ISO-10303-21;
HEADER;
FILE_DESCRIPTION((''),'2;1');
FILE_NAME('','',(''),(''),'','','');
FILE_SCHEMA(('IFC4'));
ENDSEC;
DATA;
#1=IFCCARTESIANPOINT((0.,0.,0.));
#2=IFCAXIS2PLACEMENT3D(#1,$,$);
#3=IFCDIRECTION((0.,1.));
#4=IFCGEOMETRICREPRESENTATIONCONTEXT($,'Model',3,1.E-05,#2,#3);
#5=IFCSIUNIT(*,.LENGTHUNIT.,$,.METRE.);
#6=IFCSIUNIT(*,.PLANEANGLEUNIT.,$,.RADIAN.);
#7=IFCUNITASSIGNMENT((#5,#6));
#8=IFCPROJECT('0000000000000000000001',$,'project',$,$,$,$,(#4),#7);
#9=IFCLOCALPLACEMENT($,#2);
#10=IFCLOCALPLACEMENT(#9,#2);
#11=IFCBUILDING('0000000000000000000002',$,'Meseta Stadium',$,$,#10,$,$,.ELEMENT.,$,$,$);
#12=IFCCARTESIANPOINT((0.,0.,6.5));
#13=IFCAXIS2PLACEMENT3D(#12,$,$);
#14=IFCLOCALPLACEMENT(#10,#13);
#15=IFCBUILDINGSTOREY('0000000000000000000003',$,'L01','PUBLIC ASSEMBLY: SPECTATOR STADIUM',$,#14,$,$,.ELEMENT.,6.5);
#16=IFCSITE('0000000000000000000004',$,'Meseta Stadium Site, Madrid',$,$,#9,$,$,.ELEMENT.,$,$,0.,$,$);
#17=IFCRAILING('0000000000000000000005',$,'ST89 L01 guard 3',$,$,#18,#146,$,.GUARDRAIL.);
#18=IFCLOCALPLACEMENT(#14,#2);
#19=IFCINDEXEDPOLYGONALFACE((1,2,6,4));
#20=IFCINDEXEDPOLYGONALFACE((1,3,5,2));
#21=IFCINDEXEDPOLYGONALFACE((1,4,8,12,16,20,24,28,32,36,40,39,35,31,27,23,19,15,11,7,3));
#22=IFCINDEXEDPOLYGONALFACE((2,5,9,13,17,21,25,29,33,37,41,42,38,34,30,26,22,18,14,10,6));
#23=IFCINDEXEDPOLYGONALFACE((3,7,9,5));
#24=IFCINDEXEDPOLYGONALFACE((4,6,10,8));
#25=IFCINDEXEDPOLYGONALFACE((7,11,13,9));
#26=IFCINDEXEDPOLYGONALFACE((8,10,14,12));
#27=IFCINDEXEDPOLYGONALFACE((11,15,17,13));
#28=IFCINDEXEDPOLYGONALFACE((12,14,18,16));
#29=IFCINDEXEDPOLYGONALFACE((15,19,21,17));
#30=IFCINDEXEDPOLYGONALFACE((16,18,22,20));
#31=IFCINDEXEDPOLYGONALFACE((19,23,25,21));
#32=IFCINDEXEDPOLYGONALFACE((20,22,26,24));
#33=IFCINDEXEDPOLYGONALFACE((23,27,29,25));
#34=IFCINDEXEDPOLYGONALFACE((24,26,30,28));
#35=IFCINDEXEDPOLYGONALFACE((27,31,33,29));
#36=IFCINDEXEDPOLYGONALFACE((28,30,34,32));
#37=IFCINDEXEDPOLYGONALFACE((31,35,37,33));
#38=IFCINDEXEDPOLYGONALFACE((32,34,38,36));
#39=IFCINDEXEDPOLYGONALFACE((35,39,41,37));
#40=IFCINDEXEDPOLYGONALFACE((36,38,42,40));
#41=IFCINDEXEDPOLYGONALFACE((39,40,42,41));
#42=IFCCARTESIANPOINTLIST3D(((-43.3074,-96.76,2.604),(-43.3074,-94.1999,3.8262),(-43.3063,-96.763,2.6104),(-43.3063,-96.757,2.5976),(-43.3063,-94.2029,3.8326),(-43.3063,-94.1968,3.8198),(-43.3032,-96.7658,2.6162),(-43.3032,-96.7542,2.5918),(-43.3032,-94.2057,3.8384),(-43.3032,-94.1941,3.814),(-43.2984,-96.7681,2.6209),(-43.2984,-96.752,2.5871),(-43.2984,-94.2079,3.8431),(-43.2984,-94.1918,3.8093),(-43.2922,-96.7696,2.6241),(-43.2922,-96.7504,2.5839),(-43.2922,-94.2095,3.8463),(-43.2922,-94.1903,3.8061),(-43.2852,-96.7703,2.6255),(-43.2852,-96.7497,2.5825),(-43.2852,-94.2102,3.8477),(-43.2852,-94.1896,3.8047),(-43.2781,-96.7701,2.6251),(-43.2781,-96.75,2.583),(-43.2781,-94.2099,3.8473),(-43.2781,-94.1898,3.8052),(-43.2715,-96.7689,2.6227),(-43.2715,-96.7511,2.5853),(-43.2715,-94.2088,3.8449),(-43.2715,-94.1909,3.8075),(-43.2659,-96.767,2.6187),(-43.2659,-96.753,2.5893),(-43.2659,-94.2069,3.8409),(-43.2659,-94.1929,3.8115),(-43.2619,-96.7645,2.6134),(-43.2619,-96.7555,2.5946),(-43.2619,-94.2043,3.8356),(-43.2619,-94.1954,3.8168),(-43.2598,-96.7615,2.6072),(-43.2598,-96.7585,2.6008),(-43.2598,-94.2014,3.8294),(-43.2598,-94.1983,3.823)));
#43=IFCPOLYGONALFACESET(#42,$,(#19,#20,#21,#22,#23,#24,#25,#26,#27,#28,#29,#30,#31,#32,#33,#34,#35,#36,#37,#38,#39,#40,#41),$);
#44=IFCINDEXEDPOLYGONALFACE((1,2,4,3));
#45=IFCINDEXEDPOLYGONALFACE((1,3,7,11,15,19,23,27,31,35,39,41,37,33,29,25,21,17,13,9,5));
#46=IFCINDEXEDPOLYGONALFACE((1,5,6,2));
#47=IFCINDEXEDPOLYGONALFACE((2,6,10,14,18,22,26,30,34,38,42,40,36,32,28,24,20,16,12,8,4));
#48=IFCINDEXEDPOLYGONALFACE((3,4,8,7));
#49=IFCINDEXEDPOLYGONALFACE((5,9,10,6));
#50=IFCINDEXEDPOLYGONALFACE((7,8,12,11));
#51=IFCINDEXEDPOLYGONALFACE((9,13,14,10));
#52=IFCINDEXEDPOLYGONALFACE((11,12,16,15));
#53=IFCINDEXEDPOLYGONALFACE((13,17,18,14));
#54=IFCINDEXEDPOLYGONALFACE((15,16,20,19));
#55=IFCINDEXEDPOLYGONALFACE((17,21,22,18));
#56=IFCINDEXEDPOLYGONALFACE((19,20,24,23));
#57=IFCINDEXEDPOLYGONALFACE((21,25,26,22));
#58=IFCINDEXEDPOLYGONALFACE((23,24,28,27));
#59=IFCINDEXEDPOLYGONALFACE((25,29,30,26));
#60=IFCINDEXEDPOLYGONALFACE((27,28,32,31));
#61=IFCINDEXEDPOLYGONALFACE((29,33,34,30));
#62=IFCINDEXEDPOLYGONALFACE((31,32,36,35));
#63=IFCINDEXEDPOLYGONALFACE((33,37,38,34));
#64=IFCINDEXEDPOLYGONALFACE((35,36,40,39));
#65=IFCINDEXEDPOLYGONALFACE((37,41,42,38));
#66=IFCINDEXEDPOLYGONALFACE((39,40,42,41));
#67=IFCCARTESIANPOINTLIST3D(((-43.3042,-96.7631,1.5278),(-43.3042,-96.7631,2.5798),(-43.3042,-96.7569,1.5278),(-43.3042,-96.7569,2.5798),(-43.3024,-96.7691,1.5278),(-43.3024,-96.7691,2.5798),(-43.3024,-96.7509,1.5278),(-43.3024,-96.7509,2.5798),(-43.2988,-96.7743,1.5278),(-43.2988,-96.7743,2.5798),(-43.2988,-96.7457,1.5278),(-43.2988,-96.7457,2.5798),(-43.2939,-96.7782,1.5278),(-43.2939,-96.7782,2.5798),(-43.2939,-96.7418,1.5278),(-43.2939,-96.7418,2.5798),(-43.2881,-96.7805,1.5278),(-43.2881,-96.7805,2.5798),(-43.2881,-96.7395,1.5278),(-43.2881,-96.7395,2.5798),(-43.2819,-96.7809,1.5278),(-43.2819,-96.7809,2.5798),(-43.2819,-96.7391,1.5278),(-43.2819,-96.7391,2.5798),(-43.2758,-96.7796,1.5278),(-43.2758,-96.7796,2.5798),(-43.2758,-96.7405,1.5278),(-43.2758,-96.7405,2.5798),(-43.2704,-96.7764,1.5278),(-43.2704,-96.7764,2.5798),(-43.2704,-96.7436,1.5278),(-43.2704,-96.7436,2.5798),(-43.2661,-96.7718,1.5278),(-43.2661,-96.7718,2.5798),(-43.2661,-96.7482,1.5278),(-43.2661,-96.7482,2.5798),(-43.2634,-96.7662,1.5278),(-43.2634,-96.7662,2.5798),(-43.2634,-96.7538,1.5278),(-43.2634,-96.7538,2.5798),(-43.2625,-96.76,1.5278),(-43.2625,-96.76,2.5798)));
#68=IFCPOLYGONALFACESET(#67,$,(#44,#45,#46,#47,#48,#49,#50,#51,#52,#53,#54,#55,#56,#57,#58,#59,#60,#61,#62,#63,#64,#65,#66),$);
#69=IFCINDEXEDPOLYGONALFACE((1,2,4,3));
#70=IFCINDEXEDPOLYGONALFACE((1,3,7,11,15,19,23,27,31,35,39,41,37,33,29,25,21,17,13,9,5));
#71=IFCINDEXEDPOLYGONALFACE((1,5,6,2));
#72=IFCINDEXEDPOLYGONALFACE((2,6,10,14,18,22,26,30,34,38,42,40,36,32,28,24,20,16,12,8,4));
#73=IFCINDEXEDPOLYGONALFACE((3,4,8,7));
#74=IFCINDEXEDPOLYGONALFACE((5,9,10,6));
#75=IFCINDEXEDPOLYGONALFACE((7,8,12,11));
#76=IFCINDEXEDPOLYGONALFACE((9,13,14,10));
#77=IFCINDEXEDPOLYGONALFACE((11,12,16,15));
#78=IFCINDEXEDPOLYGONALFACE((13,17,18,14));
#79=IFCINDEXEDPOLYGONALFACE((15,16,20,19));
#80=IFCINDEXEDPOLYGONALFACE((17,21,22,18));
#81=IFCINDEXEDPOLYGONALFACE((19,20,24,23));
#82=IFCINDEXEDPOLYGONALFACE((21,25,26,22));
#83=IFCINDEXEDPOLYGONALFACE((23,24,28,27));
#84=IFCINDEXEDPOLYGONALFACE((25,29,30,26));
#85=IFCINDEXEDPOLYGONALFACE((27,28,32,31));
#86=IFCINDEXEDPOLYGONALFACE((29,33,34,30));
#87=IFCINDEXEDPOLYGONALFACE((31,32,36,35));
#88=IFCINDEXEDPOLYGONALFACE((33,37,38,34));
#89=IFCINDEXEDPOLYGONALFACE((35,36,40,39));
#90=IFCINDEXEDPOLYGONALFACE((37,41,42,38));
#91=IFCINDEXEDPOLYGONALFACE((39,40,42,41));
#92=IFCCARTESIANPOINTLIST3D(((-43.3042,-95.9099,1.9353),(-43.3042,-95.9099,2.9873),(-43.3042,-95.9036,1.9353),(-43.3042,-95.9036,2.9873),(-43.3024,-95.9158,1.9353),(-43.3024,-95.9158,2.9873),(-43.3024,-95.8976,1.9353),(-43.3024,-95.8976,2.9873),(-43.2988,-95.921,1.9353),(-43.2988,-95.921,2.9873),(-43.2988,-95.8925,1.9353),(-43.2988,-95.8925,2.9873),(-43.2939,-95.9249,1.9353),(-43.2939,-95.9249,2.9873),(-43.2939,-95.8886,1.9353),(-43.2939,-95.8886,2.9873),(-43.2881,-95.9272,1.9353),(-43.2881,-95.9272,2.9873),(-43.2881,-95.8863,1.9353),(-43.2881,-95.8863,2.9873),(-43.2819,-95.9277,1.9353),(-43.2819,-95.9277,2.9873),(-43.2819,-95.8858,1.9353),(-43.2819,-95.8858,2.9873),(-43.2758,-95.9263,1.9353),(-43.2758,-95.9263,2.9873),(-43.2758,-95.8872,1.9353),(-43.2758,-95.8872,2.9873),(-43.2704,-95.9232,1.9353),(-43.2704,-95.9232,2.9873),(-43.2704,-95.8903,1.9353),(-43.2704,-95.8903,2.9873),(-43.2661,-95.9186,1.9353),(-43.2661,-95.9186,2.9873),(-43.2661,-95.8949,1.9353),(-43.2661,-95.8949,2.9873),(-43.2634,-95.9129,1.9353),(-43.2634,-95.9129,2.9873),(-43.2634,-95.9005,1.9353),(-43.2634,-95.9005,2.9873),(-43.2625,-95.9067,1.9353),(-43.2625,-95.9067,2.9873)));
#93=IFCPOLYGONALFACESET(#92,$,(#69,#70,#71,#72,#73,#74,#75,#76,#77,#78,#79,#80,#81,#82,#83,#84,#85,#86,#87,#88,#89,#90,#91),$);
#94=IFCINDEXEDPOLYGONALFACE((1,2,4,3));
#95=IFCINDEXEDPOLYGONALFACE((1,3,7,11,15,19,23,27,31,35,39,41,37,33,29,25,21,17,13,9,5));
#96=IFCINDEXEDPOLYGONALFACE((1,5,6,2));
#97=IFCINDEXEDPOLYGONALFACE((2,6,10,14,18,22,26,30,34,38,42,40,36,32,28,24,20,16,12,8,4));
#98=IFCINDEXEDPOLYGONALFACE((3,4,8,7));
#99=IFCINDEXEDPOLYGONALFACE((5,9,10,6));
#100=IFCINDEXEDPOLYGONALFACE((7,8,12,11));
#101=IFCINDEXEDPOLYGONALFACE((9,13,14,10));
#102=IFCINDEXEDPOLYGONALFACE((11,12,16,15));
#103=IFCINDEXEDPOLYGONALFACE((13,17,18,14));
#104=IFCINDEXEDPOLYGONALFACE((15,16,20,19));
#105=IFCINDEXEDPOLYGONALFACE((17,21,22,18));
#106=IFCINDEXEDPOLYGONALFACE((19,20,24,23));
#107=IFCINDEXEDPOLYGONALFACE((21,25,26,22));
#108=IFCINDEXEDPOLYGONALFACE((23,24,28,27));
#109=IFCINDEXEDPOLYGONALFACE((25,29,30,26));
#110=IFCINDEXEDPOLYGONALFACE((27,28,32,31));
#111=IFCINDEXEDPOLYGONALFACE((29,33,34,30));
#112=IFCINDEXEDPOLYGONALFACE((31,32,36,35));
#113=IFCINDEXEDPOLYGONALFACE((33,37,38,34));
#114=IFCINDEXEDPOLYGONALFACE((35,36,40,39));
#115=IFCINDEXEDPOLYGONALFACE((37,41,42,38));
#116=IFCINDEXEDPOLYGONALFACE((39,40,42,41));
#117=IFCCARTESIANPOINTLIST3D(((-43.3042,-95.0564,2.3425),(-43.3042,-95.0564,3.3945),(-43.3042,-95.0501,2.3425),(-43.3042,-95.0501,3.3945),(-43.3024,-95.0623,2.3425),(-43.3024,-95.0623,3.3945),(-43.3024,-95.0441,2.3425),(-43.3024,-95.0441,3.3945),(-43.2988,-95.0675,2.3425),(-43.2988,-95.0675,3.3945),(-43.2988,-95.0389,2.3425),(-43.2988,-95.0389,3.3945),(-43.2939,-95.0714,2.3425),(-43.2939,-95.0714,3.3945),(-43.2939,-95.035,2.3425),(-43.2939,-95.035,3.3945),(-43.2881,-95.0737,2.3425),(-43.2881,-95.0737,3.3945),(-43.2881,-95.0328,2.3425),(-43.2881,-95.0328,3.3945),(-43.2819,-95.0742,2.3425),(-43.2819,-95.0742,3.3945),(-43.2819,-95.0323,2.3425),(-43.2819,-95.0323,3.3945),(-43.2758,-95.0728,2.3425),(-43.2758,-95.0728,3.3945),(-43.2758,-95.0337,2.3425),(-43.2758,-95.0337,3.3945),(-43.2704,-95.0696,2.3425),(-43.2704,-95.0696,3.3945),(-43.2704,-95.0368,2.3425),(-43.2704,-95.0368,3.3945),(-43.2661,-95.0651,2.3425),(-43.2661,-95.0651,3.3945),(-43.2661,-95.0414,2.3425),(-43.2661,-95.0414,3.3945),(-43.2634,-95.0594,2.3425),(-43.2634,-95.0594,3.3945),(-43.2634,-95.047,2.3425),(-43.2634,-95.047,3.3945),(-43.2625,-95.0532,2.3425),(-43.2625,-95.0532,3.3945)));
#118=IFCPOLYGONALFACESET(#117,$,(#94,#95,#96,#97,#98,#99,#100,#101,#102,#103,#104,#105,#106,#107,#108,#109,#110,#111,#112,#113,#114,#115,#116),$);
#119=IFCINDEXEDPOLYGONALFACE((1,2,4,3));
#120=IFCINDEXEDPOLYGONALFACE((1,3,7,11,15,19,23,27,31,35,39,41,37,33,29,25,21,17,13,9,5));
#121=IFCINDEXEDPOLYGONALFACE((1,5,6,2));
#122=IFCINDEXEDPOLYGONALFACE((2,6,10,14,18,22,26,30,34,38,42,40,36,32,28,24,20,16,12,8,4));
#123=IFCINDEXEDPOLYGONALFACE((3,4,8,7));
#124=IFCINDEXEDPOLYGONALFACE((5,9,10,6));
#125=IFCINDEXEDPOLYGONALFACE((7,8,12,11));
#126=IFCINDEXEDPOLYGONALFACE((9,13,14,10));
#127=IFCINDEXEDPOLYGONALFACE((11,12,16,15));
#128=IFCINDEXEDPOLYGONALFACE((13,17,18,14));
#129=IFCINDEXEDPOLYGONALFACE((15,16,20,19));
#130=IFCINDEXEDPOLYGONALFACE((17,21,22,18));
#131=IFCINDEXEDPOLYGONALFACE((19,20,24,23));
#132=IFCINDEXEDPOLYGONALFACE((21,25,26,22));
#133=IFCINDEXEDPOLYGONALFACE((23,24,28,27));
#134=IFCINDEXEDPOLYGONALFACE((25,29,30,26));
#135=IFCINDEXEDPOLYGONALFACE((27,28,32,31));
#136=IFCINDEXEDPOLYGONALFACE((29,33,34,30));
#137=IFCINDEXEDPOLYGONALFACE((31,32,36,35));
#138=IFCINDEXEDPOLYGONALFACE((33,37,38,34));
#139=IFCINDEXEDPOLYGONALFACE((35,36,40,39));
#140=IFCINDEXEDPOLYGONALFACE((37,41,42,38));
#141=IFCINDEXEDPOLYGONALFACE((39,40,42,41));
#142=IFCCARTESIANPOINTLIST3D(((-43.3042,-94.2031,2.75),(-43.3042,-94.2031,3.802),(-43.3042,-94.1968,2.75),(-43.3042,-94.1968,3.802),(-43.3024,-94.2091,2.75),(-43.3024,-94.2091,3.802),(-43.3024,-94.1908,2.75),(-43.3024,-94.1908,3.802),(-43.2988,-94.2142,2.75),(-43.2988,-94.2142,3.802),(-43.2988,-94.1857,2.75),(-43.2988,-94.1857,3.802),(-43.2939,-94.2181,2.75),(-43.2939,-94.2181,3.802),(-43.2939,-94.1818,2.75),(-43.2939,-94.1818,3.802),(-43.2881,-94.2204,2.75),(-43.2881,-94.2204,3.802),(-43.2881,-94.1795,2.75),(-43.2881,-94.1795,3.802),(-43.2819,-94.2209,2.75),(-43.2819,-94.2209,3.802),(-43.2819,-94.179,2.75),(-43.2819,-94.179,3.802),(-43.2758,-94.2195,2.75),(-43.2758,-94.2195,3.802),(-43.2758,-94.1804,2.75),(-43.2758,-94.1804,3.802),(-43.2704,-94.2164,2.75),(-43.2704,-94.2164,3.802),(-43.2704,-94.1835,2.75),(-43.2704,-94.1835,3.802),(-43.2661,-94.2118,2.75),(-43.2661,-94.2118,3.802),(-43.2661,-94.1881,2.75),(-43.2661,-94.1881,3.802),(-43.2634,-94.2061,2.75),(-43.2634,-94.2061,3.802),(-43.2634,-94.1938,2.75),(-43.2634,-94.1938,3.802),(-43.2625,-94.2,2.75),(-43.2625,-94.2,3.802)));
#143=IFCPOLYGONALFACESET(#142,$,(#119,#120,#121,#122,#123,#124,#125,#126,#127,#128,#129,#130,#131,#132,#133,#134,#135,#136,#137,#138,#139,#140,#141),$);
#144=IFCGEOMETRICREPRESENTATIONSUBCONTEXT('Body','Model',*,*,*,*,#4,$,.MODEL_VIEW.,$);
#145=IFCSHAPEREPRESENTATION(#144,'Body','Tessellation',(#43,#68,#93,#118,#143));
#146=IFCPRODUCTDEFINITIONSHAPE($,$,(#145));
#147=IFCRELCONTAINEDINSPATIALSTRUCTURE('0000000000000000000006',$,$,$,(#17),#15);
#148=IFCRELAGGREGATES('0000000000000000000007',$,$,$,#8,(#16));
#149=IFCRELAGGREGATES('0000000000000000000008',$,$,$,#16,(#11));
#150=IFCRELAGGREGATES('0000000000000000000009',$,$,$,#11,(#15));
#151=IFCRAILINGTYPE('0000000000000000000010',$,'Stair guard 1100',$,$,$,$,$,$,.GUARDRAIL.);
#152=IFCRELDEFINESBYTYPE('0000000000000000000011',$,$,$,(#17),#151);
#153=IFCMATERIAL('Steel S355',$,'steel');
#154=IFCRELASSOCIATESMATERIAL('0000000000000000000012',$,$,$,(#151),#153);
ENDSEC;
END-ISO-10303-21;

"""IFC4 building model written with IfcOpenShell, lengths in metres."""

from ifc_helpers import new_model, si_unit, direction, frame, origin, origin_2d, place, context, subcontext, project, spatial, circle, extrude, material, type_object, element, save


model = new_model("IFC4")

# Units and contexts
model_context = context("Model", 3, precision=1e-05, world=origin(), true_north=direction((0.0, 1.0)))
body_context = subcontext(model_context, "Body", "Model", "MODEL_VIEW")
ifc_project = project(units=[si_unit("LENGTHUNIT", "METRE"), si_unit("PLANEANGLEUNIT", "RADIAN")], contexts=[model_context])

# Site, building, storey
site_placement = place(None, origin())
site = spatial("IfcSite", under=ifc_project, at=site_placement, Name="Meseta Stadium Site, Madrid", CompositionType="ELEMENT", RefElevation=0.0)
building_placement = place(site_placement, origin())
building = spatial("IfcBuilding", under=site, at=building_placement, Name="Meseta Stadium", CompositionType="ELEMENT")
storey_placement = place(building_placement, frame((0.0, 0.0, 6.5)))
storey = spatial("IfcBuildingStorey", under=building, at=storey_placement, Name="L01", Description="PUBLIC ASSEMBLY: SPECTATOR STADIUM", CompositionType="ELEMENT", Elevation=6.5)

# Railing
ifc_material_1 = material(Name="Steel S355", Category="steel")
railing_type_1 = type_object("IfcRailingType", Name="Stair guard 1100", PredefinedType="GUARDRAIL", material=ifc_material_1)
railing_1_placement = place(storey_placement, frame((-43.2834, -96.76, 1.5278)))
element("IfcRailing", 1, at=railing_1_placement, inside=storey, type_object=railing_type_1, Name="ST89 L01 guard 3", PredefinedType="GUARDRAIL", context=body_context, shape_type="SweptSolid", body=[
    extrude(circle(Radius=0.0239, at=origin_2d()), frame((0.0, 0.0, 1.0762), z_axis=(0.0, 0.902437, 0.430822), x_axis=(-1.0, 0.0, 0.0)), (0.0, 0.0, 1.0), 2.8369),
    extrude(circle(Radius=0.021, at=origin_2d()), origin(), (0.0, 0.0, 1.0), 1.052),
    extrude(circle(Radius=0.021, at=origin_2d()), frame((0.0, 0.8533, 0.4075)), (0.0, 0.0, 1.0), 1.052),
    extrude(circle(Radius=0.021, at=origin_2d()), frame((0.0, 1.7068, 0.8147)), (0.0, 0.0, 1.0), 1.052),
    extrude(circle(Radius=0.021, at=origin_2d()), frame((0.0, 2.5601, 1.2222)), (0.0, 0.0, 1.0), 1.052),
])

save(model, "model.ifc")
